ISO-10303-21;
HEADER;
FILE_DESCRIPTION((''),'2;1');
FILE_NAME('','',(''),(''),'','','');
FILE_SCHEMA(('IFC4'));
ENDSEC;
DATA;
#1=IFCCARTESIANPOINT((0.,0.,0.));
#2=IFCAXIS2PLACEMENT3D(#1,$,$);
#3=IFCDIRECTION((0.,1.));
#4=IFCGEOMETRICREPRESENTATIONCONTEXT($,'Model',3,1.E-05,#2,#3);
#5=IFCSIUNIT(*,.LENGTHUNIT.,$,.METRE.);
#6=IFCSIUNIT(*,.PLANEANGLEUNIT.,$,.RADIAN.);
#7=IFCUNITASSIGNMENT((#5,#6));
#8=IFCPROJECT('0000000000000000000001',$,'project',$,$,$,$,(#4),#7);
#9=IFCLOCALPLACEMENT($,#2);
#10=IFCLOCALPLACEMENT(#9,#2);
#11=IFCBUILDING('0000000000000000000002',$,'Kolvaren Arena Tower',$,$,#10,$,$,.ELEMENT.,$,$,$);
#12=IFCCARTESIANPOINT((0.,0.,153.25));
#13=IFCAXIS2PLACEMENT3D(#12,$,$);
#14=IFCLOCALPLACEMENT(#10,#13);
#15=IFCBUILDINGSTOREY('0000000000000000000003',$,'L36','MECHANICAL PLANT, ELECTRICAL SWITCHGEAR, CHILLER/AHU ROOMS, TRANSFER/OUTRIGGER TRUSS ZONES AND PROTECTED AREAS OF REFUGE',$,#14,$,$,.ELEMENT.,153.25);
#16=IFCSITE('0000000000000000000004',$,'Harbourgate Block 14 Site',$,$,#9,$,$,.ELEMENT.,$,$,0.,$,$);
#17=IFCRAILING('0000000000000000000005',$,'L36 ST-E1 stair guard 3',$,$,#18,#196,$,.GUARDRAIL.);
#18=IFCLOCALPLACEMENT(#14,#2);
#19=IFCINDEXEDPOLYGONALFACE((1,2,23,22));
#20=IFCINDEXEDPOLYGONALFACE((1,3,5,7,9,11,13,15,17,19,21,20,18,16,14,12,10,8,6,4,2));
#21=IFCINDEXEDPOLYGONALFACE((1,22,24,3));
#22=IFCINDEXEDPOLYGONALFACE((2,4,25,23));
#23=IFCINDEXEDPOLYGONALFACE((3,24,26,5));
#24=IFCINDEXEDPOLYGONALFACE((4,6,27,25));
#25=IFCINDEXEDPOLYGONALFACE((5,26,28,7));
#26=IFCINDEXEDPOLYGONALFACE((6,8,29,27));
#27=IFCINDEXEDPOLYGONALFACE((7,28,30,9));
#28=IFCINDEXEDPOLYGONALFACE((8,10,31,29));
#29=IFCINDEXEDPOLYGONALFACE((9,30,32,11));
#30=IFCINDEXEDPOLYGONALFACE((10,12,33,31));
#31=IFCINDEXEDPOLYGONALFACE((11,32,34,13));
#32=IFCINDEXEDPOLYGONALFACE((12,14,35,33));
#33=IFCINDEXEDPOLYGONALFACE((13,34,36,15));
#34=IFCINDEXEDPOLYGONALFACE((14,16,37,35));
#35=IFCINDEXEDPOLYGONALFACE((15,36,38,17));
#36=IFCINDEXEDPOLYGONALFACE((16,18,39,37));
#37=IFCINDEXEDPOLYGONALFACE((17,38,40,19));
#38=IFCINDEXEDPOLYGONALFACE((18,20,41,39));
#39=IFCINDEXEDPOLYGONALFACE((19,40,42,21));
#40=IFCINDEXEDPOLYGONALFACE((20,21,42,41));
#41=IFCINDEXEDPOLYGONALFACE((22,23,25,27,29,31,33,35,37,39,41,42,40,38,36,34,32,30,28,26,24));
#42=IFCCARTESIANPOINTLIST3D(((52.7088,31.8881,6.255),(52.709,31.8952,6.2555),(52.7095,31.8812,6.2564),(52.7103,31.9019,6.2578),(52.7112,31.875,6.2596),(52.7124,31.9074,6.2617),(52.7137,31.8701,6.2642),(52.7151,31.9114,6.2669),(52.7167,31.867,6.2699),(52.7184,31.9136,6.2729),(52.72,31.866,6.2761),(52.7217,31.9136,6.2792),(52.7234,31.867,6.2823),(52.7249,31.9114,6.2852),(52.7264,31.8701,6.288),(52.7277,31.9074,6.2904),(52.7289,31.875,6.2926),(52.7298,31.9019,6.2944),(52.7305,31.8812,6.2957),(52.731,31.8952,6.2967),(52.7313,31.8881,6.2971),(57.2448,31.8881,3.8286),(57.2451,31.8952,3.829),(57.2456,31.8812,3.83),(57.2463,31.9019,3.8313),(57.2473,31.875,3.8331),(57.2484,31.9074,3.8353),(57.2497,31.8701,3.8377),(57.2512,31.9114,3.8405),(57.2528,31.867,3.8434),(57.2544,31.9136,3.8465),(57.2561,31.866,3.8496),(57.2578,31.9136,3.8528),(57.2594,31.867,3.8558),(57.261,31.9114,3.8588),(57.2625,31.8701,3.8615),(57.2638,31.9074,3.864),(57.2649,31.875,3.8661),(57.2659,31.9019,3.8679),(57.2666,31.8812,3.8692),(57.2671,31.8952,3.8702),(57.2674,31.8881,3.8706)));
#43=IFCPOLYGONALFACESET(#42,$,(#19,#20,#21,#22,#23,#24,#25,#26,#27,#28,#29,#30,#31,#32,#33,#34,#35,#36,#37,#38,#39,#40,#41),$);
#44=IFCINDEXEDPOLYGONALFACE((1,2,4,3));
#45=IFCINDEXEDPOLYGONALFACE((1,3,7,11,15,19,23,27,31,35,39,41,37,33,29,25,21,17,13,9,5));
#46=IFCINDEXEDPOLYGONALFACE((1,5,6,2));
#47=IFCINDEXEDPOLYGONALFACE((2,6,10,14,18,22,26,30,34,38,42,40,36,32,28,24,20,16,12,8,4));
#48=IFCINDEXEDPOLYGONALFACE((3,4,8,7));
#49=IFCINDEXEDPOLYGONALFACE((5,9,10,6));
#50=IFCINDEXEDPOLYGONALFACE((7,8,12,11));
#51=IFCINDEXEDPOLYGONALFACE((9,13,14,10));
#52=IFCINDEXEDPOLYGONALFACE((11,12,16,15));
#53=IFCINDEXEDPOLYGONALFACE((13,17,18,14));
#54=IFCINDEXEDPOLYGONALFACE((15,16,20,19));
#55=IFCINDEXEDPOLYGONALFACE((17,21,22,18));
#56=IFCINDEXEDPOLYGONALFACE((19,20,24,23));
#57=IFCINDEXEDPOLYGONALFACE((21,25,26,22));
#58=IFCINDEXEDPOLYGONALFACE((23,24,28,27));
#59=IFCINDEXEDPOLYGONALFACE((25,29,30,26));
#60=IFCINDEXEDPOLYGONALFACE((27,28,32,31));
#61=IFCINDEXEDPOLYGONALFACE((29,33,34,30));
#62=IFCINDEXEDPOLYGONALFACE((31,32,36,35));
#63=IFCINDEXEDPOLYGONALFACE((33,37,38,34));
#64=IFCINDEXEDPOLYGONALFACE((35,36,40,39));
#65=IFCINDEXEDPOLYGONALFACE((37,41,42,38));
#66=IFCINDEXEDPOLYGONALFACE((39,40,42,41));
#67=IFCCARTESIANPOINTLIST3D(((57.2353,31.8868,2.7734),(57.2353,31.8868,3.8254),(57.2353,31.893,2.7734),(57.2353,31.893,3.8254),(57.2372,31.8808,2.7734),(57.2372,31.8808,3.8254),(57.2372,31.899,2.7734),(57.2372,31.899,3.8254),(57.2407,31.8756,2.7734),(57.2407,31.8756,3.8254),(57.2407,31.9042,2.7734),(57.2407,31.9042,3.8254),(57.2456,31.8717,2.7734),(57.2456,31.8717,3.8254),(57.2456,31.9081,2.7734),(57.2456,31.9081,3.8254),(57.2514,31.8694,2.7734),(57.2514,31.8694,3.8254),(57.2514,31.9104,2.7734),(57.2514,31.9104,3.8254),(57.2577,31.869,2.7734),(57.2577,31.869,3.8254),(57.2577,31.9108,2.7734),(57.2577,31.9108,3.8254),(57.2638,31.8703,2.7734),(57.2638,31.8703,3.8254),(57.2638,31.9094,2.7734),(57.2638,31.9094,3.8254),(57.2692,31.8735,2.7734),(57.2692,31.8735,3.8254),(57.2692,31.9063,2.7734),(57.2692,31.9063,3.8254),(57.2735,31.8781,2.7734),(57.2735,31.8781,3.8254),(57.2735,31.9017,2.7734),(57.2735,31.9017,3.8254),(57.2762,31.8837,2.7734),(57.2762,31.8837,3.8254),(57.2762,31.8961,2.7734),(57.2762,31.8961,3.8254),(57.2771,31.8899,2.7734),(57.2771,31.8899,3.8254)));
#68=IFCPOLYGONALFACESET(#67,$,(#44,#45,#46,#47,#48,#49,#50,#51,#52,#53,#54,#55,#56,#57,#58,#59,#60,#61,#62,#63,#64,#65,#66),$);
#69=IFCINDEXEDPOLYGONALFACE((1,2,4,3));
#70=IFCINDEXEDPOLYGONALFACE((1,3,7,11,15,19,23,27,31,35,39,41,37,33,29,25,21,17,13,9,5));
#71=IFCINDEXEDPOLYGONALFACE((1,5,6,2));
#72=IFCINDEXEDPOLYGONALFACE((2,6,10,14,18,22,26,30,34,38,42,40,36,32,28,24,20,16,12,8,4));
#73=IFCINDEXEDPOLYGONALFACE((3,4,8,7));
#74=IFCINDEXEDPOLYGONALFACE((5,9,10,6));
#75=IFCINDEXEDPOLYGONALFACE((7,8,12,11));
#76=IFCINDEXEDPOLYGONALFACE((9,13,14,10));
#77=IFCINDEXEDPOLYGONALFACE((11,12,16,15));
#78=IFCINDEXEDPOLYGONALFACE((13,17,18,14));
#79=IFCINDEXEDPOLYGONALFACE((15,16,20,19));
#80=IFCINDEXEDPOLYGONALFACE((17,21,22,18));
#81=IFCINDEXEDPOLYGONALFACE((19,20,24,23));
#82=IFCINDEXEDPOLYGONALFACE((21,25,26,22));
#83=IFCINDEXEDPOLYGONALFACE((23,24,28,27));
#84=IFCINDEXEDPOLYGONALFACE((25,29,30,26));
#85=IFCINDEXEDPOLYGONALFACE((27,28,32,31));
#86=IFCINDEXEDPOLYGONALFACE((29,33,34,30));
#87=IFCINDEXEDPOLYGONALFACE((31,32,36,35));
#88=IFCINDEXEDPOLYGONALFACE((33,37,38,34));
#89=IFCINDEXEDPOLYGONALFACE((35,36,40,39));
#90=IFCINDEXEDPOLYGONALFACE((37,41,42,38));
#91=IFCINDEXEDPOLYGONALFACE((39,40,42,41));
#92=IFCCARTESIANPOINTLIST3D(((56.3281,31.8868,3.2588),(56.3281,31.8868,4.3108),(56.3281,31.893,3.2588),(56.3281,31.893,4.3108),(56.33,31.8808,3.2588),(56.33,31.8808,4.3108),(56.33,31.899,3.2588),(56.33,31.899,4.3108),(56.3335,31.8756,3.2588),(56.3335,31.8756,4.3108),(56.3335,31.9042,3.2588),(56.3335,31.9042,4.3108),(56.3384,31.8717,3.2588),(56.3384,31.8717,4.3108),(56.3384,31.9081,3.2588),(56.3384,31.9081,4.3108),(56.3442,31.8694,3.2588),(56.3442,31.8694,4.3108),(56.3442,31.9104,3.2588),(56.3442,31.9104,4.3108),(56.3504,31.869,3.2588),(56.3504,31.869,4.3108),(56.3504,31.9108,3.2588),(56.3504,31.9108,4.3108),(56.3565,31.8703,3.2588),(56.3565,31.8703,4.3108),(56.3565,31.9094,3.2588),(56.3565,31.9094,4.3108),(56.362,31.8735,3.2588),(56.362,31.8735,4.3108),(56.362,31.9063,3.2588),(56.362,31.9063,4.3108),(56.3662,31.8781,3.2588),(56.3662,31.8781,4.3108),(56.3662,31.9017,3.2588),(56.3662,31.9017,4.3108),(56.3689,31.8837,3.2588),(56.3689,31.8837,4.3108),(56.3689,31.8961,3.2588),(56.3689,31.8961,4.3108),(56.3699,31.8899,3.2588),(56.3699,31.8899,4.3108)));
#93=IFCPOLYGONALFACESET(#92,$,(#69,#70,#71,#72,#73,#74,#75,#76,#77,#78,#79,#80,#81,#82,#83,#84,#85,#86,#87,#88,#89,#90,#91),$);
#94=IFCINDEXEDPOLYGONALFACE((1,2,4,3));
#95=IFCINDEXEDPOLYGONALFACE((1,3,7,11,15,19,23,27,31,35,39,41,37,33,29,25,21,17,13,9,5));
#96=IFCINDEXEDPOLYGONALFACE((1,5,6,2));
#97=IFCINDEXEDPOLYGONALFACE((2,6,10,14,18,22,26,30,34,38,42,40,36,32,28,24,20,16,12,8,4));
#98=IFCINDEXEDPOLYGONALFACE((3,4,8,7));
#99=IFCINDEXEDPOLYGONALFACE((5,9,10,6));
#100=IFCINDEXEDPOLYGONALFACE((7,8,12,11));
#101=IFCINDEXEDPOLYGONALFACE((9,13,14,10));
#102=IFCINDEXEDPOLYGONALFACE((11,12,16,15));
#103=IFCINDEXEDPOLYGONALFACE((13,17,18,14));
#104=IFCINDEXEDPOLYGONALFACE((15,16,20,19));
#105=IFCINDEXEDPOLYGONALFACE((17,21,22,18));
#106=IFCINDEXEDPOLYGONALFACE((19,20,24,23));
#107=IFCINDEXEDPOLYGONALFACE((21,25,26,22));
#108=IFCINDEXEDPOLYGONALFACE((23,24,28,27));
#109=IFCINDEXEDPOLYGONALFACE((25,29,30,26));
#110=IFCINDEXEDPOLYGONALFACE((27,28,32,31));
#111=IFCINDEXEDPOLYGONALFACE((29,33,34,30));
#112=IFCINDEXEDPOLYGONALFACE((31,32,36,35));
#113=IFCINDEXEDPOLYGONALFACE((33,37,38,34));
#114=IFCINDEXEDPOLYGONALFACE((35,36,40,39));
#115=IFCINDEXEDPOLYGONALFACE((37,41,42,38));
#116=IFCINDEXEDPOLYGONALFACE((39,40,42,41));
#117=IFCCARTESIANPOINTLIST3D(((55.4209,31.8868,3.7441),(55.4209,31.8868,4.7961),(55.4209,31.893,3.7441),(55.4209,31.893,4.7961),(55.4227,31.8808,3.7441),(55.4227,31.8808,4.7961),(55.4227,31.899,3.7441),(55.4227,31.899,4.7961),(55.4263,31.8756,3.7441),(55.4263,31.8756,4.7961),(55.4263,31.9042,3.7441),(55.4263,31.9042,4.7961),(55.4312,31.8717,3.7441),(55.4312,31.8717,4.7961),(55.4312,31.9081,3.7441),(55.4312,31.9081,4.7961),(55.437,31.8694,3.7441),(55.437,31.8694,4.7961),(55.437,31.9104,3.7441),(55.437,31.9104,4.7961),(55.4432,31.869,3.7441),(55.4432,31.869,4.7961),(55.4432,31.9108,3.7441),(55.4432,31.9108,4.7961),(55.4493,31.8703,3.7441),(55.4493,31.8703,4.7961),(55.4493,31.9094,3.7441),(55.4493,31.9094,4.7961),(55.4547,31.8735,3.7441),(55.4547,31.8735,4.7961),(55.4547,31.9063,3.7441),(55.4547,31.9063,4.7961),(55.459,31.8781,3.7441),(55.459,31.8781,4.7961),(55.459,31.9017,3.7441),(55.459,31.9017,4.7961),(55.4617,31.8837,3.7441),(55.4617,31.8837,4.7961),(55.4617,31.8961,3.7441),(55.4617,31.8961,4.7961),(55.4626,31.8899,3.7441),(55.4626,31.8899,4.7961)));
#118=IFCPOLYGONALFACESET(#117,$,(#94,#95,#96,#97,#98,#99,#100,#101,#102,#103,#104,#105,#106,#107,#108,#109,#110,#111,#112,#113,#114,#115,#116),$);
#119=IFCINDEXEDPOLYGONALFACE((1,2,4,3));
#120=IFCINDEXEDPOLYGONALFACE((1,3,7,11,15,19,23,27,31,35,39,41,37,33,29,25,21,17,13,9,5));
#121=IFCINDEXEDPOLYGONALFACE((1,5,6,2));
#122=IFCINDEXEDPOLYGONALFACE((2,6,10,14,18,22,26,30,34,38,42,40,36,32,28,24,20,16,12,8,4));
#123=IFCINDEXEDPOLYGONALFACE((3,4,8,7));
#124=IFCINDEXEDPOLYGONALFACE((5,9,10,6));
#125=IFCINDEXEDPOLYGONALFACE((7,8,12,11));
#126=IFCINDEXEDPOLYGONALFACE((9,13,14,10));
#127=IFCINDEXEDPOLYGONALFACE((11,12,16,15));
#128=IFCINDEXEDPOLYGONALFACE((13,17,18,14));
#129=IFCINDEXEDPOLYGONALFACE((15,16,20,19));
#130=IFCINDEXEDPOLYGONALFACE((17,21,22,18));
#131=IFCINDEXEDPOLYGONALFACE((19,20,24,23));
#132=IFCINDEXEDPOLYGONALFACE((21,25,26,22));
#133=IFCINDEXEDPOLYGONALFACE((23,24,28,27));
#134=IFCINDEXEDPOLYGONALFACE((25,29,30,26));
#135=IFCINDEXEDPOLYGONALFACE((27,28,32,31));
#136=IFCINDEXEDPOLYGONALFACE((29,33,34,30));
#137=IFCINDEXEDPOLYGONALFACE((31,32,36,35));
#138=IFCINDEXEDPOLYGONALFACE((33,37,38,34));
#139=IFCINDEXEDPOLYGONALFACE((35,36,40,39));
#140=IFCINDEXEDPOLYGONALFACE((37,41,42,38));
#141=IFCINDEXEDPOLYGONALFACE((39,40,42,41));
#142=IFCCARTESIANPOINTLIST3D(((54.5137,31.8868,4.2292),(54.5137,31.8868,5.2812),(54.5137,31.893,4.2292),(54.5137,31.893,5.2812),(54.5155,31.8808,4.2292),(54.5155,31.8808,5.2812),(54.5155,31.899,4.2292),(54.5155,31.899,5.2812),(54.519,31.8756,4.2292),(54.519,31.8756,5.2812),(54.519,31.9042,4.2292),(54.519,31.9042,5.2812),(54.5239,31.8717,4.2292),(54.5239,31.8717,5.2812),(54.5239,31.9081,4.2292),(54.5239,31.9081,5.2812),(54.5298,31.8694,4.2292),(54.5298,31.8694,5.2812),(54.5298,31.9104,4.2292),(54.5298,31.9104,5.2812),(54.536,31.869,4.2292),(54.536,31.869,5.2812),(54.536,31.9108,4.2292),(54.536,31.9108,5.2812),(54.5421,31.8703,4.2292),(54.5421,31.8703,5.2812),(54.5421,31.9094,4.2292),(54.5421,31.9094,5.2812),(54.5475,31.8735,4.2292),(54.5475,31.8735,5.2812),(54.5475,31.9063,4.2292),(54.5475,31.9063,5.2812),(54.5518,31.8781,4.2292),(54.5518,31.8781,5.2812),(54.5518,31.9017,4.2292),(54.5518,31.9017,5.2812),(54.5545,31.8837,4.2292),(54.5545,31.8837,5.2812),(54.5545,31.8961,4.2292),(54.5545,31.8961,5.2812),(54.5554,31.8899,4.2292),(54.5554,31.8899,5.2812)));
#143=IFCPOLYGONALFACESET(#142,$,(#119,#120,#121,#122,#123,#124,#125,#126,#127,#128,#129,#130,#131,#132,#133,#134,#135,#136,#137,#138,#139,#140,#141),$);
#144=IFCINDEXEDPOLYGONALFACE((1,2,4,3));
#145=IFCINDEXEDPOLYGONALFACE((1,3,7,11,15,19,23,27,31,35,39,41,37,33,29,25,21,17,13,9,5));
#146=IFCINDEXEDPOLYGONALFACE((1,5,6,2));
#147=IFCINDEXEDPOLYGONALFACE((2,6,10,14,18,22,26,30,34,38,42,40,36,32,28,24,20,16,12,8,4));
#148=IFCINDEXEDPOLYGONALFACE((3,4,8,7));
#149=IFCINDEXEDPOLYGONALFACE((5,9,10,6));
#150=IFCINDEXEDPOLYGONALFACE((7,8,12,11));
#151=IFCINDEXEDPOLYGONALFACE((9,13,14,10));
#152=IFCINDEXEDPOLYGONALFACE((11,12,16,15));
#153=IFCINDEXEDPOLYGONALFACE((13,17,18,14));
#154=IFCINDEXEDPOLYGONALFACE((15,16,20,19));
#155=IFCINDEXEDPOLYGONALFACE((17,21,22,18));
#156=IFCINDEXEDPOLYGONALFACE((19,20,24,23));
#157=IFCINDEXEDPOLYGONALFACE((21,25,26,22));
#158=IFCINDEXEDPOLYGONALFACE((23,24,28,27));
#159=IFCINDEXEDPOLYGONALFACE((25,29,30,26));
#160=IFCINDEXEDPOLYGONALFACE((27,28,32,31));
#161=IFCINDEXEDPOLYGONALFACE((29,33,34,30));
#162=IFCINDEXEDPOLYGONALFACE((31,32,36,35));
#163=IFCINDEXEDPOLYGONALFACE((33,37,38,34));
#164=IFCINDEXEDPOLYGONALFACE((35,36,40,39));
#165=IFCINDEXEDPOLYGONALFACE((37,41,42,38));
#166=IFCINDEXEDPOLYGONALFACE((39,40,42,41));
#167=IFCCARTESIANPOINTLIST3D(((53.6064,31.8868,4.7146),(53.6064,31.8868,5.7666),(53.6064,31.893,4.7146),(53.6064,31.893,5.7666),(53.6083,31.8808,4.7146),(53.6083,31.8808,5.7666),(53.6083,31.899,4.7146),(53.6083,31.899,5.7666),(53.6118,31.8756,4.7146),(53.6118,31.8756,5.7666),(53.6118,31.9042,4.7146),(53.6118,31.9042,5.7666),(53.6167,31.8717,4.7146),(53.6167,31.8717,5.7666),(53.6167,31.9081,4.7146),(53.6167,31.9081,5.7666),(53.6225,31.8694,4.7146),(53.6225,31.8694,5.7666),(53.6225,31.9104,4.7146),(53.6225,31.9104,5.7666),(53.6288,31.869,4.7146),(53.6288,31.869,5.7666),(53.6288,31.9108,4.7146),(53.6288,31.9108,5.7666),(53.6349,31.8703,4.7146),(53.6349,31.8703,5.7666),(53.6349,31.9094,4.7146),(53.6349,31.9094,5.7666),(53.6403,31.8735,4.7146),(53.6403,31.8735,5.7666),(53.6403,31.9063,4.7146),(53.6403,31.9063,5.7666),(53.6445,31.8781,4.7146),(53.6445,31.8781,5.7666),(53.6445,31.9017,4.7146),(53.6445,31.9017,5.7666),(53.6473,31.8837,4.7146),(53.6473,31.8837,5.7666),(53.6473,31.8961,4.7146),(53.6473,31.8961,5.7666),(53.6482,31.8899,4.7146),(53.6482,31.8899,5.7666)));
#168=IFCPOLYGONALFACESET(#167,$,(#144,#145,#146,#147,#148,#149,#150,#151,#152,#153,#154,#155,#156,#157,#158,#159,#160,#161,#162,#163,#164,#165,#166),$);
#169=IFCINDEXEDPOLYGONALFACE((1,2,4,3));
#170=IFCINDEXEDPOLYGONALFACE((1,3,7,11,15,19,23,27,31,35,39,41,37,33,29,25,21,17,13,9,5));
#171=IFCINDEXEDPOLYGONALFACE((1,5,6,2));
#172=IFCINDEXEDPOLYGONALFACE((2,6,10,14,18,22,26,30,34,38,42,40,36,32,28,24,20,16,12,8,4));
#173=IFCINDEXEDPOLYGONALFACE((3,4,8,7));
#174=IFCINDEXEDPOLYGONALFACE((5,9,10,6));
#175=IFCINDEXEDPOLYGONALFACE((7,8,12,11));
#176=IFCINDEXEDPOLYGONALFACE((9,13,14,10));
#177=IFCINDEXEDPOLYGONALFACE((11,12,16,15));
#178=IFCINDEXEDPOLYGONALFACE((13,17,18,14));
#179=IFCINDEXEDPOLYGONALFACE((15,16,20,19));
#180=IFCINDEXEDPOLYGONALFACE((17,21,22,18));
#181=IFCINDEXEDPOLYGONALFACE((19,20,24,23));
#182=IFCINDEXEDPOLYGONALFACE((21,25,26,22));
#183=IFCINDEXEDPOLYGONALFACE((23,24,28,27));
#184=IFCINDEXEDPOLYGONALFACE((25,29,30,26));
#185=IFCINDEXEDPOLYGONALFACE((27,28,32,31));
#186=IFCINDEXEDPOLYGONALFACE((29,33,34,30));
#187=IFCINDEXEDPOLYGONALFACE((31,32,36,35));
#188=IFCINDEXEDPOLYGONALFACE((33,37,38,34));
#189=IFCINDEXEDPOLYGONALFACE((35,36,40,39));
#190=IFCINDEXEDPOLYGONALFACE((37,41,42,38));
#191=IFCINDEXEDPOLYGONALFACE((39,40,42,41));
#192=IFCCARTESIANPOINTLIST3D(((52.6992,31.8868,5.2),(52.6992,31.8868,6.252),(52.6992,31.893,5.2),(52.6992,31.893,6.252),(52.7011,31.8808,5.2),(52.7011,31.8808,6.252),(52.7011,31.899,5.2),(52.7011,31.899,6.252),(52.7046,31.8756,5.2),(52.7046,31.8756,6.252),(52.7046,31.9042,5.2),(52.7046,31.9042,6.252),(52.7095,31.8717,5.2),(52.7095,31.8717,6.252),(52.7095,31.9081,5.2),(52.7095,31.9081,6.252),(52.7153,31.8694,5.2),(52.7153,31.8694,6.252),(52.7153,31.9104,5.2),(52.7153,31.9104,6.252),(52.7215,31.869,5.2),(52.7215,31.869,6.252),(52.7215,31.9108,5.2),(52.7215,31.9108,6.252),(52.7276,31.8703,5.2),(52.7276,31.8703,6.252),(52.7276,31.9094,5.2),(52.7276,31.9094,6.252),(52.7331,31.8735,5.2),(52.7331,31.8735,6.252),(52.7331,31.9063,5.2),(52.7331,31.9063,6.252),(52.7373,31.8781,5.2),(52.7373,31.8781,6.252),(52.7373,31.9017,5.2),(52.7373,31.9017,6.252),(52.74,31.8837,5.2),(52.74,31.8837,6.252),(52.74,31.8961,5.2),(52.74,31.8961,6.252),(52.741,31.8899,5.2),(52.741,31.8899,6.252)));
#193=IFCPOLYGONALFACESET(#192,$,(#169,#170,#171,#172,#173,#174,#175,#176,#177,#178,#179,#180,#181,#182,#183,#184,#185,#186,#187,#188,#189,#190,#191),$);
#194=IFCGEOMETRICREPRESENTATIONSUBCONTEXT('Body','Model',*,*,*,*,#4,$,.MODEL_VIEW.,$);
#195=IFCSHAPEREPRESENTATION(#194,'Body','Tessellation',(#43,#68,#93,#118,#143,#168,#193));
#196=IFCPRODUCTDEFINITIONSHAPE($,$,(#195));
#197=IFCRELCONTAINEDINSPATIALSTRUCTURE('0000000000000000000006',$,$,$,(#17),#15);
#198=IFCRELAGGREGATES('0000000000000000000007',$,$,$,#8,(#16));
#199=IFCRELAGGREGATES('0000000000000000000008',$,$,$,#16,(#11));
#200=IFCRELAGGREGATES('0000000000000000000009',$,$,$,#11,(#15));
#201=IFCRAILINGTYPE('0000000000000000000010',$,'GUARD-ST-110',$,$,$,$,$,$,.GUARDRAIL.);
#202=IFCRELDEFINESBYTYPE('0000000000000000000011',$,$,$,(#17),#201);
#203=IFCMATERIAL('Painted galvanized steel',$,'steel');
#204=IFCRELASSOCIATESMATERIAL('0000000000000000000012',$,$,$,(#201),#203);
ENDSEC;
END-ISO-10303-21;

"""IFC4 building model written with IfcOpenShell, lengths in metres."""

from ifc_helpers import new_model, si_unit, direction, frame, origin, origin_2d, place, context, subcontext, project, spatial, circle, extrude, material, type_object, element, save


model = new_model("IFC4")

# Units and contexts
model_context = context("Model", 3, precision=1e-05, world=origin(), true_north=direction((0.0, 1.0)))
body_context = subcontext(model_context, "Body", "Model", "MODEL_VIEW")
ifc_project = project(units=[si_unit("LENGTHUNIT", "METRE"), si_unit("PLANEANGLEUNIT", "RADIAN")], contexts=[model_context])

# Site, building, storey
site_placement = place(None, origin())
site = spatial("IfcSite", under=ifc_project, at=site_placement, Name="Harbourgate Block 14 Site", CompositionType="ELEMENT", RefElevation=0.0)
building_placement = place(site_placement, origin())
building = spatial("IfcBuilding", under=site, at=building_placement, Name="Kolvaren Arena Tower", CompositionType="ELEMENT")
storey_placement = place(building_placement, frame((0.0, 0.0, 153.25)))
storey = spatial("IfcBuildingStorey", under=building, at=storey_placement, Name="L36", Description="MECHANICAL PLANT, ELECTRICAL SWITCHGEAR, CHILLER/AHU ROOMS, TRANSFER/OUTRIGGER TRUSS ZONES AND PROTECTED AREAS OF REFUGE", CompositionType="ELEMENT", Elevation=153.25)

# Railing
ifc_material_1 = material(Name="Painted galvanized steel", Category="steel")
railing_type_1 = type_object("IfcRailingType", Name="GUARD-ST-110", PredefinedType="GUARDRAIL", material=ifc_material_1)
railing_1_placement = place(storey_placement, frame((57.2561, 31.8899, 2.7734)))
element("IfcRailing", 1, at=railing_1_placement, inside=storey, type_object=railing_type_1, Name="L36 ST-E1 stair guard 3", PredefinedType="GUARDRAIL", context=body_context, shape_type="SweptSolid", body=[
    extrude(circle(Radius=0.0239, at=origin_2d()), frame((0.0, 0.0, 1.0762), z_axis=(-0.881768, 0.0, 0.471684), x_axis=(0.0, -1.0, 0.0)), (0.0, 0.0, 1.0), 5.1443),
    extrude(circle(Radius=0.021, at=origin_2d()), origin(), (0.0, 0.0, 1.0), 1.052),
    extrude(circle(Radius=0.021, at=origin_2d()), frame((-0.9072, 0.0, 0.4854)), (0.0, 0.0, 1.0), 1.052),
    extrude(circle(Radius=0.021, at=origin_2d()), frame((-1.8145, 0.0, 0.9707)), (0.0, 0.0, 1.0), 1.052),
    extrude(circle(Radius=0.021, at=origin_2d()), frame((-2.7217, 0.0, 1.4558)), (0.0, 0.0, 1.0), 1.052),
    extrude(circle(Radius=0.021, at=origin_2d()), frame((-3.6289, 0.0, 1.9412)), (0.0, 0.0, 1.0), 1.052),
    extrude(circle(Radius=0.021, at=origin_2d()), frame((-4.5361, 0.0, 2.4265)), (0.0, 0.0, 1.0), 1.052),
])

save(model, "model.ifc")
